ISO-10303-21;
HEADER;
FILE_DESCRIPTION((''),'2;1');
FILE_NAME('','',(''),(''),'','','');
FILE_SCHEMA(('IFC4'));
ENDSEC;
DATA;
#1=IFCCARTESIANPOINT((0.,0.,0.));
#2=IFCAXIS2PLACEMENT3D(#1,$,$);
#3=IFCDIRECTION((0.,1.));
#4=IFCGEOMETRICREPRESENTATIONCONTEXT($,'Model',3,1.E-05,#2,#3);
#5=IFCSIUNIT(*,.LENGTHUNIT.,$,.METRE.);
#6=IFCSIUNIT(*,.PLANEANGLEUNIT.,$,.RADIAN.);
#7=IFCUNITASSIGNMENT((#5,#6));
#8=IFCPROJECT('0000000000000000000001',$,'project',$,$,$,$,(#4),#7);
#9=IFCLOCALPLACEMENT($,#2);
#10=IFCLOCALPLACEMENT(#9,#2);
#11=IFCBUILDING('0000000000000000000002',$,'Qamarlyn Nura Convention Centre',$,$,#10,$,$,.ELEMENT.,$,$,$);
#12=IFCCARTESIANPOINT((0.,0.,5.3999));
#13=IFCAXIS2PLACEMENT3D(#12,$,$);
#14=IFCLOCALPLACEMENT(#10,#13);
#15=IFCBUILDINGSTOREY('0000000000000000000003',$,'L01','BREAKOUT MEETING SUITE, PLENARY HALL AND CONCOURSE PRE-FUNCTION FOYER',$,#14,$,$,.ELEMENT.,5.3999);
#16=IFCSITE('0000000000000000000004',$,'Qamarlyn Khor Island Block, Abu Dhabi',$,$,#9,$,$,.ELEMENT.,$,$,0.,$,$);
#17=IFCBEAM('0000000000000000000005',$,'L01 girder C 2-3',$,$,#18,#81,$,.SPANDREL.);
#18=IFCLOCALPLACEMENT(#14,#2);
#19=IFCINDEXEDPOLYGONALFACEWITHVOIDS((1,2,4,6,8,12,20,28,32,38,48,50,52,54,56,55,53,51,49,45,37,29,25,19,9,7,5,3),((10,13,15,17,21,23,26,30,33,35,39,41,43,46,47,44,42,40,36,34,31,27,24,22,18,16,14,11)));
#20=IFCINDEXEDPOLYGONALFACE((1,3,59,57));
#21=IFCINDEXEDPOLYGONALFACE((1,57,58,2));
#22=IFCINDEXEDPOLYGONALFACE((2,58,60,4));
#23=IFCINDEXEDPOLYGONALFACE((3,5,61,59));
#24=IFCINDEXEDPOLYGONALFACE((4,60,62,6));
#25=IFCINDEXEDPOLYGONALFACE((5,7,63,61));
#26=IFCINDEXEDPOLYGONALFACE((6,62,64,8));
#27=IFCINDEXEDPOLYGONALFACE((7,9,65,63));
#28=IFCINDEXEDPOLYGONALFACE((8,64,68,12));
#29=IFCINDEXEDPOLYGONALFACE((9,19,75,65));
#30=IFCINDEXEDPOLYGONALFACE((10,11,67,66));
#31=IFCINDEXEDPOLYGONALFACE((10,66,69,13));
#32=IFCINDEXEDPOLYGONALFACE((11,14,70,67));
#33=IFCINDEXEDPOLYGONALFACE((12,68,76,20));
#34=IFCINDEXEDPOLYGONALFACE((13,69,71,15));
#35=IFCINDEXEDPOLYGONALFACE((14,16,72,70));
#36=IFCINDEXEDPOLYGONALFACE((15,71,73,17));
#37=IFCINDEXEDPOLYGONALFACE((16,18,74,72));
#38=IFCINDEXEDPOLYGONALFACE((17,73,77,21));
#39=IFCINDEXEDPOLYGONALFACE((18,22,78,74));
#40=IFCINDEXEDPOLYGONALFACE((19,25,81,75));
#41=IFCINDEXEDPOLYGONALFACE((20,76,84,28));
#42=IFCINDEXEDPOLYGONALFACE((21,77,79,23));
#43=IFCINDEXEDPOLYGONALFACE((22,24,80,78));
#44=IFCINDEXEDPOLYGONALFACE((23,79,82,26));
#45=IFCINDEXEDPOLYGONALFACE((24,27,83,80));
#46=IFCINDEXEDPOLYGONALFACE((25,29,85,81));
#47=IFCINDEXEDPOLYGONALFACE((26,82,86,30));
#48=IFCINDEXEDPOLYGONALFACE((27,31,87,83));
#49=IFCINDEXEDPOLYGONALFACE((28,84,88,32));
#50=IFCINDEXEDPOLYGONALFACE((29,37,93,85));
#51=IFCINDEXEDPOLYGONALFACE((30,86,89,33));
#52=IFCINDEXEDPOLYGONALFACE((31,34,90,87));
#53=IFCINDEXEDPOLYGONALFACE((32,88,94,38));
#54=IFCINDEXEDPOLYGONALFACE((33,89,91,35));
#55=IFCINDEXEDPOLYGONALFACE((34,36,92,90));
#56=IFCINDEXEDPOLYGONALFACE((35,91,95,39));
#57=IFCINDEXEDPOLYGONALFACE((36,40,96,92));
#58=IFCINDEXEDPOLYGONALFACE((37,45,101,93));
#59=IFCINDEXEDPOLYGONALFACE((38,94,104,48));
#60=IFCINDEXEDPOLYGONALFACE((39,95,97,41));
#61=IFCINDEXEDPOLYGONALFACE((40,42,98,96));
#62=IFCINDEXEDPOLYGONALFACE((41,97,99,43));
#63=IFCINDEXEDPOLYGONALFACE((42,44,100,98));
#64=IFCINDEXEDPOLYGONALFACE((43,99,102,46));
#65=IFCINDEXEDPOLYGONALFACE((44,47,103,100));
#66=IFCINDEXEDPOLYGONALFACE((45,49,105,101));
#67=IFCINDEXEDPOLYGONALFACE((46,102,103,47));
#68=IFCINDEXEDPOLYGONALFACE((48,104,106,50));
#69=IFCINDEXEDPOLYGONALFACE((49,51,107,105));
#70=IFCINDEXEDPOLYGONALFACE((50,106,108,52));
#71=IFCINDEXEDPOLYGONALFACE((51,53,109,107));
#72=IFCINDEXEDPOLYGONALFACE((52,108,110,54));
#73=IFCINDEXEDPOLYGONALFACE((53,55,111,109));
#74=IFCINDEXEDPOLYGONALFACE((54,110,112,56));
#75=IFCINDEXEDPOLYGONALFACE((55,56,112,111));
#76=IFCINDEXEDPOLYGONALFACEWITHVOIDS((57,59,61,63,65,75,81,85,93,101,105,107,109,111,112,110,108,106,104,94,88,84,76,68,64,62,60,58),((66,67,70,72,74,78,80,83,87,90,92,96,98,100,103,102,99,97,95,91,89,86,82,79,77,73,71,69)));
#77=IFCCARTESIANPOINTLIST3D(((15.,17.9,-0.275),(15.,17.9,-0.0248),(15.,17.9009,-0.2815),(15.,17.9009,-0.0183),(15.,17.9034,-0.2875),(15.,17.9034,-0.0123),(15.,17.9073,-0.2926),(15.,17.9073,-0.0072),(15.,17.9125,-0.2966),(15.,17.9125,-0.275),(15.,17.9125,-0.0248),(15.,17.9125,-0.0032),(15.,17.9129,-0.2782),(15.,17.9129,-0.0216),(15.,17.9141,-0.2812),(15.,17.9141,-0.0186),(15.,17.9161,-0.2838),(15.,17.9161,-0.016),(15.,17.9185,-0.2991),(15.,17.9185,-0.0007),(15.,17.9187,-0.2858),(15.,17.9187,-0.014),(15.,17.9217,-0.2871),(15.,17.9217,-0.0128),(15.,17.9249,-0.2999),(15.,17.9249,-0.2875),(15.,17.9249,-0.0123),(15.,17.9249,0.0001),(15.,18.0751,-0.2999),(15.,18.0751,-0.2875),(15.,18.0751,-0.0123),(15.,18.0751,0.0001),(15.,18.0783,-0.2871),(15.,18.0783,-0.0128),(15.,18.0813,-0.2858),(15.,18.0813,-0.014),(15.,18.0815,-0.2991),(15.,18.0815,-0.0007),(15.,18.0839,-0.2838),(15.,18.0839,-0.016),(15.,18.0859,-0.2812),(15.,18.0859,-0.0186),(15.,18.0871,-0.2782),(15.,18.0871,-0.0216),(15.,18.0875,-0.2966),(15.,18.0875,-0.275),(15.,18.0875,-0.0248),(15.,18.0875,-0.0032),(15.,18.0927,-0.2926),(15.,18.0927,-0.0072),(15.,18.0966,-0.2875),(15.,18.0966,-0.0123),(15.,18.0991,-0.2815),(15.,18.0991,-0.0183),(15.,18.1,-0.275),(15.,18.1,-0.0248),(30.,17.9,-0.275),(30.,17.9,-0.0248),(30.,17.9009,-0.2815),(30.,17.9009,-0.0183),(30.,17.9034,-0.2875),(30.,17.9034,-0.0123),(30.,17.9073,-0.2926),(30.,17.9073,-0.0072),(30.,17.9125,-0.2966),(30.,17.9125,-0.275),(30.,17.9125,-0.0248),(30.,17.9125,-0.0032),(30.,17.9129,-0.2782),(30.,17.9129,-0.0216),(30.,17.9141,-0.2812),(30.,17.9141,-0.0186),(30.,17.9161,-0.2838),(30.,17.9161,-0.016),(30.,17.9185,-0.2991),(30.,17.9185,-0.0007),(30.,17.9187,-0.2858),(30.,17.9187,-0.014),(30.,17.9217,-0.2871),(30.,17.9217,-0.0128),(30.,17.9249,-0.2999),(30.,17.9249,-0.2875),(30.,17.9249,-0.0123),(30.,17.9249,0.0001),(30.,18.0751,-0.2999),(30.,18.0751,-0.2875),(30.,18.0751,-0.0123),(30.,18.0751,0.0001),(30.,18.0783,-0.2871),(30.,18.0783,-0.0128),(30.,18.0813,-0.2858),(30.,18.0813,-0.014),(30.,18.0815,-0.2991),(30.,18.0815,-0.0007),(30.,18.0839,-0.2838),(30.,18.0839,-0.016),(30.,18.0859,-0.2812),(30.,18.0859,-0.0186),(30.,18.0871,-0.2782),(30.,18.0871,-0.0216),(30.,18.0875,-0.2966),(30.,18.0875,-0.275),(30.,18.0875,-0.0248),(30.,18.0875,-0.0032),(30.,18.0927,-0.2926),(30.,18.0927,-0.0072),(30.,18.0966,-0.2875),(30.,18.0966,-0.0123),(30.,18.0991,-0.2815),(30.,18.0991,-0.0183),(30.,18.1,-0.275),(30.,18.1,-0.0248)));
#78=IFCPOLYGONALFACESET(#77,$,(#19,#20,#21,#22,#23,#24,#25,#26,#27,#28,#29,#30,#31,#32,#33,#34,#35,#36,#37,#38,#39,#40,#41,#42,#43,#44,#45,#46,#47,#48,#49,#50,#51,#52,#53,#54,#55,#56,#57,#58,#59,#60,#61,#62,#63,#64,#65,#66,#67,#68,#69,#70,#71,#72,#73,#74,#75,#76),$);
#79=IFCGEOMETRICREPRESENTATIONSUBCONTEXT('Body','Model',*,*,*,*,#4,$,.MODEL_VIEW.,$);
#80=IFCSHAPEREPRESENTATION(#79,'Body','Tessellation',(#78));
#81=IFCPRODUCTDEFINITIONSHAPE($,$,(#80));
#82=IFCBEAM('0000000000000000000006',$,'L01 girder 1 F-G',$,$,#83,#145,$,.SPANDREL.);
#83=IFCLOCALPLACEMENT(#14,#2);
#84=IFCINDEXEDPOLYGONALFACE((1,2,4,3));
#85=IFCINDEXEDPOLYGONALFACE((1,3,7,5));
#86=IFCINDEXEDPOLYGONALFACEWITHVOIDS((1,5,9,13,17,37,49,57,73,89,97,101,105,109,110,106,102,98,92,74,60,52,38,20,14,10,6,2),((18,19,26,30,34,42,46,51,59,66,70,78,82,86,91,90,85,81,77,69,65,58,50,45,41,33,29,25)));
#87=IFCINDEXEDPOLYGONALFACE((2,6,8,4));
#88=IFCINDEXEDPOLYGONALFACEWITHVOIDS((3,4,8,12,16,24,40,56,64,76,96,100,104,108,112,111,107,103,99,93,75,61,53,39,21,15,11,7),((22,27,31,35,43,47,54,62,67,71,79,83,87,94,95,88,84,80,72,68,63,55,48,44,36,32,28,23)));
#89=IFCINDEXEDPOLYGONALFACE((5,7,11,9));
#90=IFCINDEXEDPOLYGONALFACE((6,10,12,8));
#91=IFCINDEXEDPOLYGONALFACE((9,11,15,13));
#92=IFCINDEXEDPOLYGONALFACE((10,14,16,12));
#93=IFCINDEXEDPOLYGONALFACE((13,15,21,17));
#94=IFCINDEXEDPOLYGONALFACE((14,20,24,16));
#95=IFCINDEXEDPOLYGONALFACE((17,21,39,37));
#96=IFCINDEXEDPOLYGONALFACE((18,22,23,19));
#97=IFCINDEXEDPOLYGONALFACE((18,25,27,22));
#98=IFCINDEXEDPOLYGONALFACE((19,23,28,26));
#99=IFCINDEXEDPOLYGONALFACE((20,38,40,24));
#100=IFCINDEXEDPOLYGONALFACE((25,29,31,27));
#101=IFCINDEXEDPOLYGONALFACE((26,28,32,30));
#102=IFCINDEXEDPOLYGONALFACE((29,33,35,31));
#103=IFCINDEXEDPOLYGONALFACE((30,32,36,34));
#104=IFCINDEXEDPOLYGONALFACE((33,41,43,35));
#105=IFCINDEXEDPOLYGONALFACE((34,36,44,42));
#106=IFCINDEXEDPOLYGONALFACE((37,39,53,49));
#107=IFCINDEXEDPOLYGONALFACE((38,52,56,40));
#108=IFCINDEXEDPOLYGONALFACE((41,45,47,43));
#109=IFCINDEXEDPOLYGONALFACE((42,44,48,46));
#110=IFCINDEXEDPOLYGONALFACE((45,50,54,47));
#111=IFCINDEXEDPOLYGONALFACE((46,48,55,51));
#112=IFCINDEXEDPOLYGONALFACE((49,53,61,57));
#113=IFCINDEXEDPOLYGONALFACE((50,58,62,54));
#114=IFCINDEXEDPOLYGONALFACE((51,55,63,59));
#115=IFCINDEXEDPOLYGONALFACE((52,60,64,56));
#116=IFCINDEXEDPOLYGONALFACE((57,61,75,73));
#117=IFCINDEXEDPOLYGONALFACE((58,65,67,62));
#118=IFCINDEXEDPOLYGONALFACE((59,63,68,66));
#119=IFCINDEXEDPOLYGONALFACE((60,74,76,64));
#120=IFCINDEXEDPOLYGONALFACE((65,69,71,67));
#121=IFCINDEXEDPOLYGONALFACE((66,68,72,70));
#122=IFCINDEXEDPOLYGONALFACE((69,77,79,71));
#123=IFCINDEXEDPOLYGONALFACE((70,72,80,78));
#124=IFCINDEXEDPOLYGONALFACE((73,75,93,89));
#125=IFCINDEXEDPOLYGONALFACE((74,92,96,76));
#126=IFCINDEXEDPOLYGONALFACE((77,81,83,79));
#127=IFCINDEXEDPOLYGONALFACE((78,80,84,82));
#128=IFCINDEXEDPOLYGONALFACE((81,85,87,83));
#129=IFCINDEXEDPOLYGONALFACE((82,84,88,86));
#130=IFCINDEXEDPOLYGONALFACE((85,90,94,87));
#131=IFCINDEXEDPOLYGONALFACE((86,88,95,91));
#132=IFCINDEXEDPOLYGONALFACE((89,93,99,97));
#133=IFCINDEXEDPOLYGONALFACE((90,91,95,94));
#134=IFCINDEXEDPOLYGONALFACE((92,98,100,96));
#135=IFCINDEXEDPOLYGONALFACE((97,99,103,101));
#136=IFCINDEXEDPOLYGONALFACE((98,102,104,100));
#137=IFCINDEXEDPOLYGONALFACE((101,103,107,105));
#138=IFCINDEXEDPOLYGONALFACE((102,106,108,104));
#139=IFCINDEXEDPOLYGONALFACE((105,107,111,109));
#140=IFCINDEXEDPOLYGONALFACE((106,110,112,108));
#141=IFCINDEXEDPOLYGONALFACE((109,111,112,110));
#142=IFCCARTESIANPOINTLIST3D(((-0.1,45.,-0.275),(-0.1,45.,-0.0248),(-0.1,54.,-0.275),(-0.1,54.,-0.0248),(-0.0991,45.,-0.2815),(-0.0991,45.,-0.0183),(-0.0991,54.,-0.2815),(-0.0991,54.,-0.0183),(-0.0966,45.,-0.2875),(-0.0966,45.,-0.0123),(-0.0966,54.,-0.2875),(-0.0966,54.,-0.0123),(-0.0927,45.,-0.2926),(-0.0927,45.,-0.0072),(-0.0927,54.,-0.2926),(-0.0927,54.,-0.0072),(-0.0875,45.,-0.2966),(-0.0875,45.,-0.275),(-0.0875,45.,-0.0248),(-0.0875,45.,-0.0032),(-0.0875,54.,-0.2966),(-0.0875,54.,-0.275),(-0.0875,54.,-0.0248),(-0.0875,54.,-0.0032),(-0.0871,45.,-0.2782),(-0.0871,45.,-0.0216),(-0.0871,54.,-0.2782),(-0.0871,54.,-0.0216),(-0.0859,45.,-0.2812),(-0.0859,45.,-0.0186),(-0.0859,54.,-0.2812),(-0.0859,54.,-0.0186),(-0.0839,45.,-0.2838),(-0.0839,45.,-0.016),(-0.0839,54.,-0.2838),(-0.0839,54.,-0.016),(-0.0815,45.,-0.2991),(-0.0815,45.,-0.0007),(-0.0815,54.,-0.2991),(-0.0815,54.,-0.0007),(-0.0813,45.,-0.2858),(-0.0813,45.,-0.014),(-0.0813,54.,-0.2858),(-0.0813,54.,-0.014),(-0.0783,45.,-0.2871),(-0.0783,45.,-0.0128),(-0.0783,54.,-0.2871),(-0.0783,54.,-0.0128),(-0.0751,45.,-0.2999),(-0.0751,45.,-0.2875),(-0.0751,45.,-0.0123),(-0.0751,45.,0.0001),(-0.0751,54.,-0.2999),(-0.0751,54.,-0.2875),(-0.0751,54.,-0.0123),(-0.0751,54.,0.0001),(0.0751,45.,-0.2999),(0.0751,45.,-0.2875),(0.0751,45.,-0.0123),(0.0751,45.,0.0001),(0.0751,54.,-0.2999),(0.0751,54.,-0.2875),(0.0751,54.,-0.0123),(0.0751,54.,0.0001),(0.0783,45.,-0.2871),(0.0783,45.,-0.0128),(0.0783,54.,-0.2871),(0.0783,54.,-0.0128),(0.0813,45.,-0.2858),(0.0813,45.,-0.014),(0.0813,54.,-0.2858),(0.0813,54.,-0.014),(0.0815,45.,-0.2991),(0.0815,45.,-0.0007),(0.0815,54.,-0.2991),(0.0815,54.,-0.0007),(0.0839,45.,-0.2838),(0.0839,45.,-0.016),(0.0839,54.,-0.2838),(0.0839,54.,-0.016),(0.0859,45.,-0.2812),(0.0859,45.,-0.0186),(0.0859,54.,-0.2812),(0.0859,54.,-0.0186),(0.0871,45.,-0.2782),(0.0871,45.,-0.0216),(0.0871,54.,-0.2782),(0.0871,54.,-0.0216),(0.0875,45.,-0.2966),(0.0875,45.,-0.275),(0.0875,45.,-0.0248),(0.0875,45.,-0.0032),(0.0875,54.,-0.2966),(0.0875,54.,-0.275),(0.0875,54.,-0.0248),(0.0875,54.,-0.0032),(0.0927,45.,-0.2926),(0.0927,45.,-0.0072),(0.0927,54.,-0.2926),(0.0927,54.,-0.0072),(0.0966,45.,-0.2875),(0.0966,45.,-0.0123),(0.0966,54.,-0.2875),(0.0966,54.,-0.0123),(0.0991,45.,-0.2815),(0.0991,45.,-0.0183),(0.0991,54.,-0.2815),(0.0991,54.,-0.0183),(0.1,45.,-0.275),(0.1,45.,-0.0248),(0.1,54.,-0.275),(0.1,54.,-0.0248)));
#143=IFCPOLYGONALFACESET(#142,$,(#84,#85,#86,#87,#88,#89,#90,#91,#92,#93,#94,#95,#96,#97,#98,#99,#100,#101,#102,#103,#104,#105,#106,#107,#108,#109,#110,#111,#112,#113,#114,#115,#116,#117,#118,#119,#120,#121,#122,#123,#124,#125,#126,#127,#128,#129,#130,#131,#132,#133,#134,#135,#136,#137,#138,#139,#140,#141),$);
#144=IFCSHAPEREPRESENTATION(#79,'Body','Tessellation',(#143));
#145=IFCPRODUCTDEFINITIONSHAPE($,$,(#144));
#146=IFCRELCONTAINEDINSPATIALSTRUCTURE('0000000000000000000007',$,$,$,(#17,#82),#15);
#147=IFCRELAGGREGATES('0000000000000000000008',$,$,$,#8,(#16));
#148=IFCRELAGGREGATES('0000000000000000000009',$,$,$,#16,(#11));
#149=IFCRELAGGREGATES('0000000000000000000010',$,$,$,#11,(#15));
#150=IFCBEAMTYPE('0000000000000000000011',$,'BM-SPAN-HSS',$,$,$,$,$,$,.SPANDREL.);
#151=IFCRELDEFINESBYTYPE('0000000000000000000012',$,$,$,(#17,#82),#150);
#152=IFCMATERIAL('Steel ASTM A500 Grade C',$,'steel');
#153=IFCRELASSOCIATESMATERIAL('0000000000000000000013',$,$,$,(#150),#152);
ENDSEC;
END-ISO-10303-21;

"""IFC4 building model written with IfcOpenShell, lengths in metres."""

from ifc_helpers import new_model, si_unit, direction, frame, origin, origin_2d, place, context, subcontext, project, spatial, hollow_rectangle, extrude, material, material_profile, profile_set, type_object, element, save


model = new_model("IFC4")

# Units and contexts
model_context = context("Model", 3, precision=1e-05, world=origin(), true_north=direction((0.0, 1.0)))
body_context = subcontext(model_context, "Body", "Model", "MODEL_VIEW")
ifc_project = project(units=[si_unit("LENGTHUNIT", "METRE"), si_unit("PLANEANGLEUNIT", "RADIAN")], contexts=[model_context])

# Site, building, storey
site_placement = place(None, origin())
site = spatial("IfcSite", under=ifc_project, at=site_placement, Name="Qamarlyn Khor Island Block, Abu Dhabi", CompositionType="ELEMENT", RefElevation=0.0)
building_placement = place(site_placement, origin())
building = spatial("IfcBuilding", under=site, at=building_placement, Name="Qamarlyn Nura Convention Centre", CompositionType="ELEMENT")
storey_placement = place(building_placement, frame((0.0, 0.0, 5.3999)))
storey = spatial("IfcBuildingStorey", under=building, at=storey_placement, Name="L01", Description="BREAKOUT MEETING SUITE, PLENARY HALL AND CONCOURSE PRE-FUNCTION FOYER", CompositionType="ELEMENT", Elevation=5.3999)

# Beams
ifc_material_1 = material(Name="Steel ASTM A500 Grade C", Category="steel")
ifc_material_profile_1 = material_profile(ifc_material_1, hollow_rectangle(XDim=0.2, YDim=0.3, WallThickness=0.0125, InnerFilletRadius=0.0125, OuterFilletRadius=0.0249, at=origin_2d()), Name="HSS300X200X12.5")
ifc_profile_set_1 = profile_set([ifc_material_profile_1], Name="Steel ASTM A500 Grade C")
beam_type_1 = type_object("IfcBeamType", Name="BM-SPAN-HSS", PredefinedType="SPANDREL", material=ifc_profile_set_1)
beam_1_placement = place(storey_placement, frame((15.0, 18.0, -0.1499), z_axis=(1.0, 0.0, 0.0), x_axis=(0.0, 1.0, 0.0)))
element("IfcBeam", 1, at=beam_1_placement, inside=storey, type_object=beam_type_1, Name="L01 girder C 2-3", PredefinedType="SPANDREL", context=body_context, shape_type="SweptSolid", body=[
    extrude(hollow_rectangle(XDim=0.2, YDim=0.3, WallThickness=0.0125, InnerFilletRadius=0.0125, OuterFilletRadius=0.0249, at=origin_2d()), origin(), (0.0, 0.0, 1.0), 15.0),
])
beam_2_placement = place(storey_placement, frame((0.0, 45.0, -0.1499), z_axis=(0.0, 1.0, 0.0), x_axis=(-1.0, 0.0, 0.0)))
element("IfcBeam", 2, at=beam_2_placement, inside=storey, type_object=beam_type_1, Name="L01 girder 1 F-G", PredefinedType="SPANDREL", context=body_context, shape_type="SweptSolid", body=[
    extrude(hollow_rectangle(XDim=0.2, YDim=0.3, WallThickness=0.0125, InnerFilletRadius=0.0125, OuterFilletRadius=0.0249, at=origin_2d()), origin(), (0.0, 0.0, 1.0), 9.0),
])

save(model, "model.ifc")
